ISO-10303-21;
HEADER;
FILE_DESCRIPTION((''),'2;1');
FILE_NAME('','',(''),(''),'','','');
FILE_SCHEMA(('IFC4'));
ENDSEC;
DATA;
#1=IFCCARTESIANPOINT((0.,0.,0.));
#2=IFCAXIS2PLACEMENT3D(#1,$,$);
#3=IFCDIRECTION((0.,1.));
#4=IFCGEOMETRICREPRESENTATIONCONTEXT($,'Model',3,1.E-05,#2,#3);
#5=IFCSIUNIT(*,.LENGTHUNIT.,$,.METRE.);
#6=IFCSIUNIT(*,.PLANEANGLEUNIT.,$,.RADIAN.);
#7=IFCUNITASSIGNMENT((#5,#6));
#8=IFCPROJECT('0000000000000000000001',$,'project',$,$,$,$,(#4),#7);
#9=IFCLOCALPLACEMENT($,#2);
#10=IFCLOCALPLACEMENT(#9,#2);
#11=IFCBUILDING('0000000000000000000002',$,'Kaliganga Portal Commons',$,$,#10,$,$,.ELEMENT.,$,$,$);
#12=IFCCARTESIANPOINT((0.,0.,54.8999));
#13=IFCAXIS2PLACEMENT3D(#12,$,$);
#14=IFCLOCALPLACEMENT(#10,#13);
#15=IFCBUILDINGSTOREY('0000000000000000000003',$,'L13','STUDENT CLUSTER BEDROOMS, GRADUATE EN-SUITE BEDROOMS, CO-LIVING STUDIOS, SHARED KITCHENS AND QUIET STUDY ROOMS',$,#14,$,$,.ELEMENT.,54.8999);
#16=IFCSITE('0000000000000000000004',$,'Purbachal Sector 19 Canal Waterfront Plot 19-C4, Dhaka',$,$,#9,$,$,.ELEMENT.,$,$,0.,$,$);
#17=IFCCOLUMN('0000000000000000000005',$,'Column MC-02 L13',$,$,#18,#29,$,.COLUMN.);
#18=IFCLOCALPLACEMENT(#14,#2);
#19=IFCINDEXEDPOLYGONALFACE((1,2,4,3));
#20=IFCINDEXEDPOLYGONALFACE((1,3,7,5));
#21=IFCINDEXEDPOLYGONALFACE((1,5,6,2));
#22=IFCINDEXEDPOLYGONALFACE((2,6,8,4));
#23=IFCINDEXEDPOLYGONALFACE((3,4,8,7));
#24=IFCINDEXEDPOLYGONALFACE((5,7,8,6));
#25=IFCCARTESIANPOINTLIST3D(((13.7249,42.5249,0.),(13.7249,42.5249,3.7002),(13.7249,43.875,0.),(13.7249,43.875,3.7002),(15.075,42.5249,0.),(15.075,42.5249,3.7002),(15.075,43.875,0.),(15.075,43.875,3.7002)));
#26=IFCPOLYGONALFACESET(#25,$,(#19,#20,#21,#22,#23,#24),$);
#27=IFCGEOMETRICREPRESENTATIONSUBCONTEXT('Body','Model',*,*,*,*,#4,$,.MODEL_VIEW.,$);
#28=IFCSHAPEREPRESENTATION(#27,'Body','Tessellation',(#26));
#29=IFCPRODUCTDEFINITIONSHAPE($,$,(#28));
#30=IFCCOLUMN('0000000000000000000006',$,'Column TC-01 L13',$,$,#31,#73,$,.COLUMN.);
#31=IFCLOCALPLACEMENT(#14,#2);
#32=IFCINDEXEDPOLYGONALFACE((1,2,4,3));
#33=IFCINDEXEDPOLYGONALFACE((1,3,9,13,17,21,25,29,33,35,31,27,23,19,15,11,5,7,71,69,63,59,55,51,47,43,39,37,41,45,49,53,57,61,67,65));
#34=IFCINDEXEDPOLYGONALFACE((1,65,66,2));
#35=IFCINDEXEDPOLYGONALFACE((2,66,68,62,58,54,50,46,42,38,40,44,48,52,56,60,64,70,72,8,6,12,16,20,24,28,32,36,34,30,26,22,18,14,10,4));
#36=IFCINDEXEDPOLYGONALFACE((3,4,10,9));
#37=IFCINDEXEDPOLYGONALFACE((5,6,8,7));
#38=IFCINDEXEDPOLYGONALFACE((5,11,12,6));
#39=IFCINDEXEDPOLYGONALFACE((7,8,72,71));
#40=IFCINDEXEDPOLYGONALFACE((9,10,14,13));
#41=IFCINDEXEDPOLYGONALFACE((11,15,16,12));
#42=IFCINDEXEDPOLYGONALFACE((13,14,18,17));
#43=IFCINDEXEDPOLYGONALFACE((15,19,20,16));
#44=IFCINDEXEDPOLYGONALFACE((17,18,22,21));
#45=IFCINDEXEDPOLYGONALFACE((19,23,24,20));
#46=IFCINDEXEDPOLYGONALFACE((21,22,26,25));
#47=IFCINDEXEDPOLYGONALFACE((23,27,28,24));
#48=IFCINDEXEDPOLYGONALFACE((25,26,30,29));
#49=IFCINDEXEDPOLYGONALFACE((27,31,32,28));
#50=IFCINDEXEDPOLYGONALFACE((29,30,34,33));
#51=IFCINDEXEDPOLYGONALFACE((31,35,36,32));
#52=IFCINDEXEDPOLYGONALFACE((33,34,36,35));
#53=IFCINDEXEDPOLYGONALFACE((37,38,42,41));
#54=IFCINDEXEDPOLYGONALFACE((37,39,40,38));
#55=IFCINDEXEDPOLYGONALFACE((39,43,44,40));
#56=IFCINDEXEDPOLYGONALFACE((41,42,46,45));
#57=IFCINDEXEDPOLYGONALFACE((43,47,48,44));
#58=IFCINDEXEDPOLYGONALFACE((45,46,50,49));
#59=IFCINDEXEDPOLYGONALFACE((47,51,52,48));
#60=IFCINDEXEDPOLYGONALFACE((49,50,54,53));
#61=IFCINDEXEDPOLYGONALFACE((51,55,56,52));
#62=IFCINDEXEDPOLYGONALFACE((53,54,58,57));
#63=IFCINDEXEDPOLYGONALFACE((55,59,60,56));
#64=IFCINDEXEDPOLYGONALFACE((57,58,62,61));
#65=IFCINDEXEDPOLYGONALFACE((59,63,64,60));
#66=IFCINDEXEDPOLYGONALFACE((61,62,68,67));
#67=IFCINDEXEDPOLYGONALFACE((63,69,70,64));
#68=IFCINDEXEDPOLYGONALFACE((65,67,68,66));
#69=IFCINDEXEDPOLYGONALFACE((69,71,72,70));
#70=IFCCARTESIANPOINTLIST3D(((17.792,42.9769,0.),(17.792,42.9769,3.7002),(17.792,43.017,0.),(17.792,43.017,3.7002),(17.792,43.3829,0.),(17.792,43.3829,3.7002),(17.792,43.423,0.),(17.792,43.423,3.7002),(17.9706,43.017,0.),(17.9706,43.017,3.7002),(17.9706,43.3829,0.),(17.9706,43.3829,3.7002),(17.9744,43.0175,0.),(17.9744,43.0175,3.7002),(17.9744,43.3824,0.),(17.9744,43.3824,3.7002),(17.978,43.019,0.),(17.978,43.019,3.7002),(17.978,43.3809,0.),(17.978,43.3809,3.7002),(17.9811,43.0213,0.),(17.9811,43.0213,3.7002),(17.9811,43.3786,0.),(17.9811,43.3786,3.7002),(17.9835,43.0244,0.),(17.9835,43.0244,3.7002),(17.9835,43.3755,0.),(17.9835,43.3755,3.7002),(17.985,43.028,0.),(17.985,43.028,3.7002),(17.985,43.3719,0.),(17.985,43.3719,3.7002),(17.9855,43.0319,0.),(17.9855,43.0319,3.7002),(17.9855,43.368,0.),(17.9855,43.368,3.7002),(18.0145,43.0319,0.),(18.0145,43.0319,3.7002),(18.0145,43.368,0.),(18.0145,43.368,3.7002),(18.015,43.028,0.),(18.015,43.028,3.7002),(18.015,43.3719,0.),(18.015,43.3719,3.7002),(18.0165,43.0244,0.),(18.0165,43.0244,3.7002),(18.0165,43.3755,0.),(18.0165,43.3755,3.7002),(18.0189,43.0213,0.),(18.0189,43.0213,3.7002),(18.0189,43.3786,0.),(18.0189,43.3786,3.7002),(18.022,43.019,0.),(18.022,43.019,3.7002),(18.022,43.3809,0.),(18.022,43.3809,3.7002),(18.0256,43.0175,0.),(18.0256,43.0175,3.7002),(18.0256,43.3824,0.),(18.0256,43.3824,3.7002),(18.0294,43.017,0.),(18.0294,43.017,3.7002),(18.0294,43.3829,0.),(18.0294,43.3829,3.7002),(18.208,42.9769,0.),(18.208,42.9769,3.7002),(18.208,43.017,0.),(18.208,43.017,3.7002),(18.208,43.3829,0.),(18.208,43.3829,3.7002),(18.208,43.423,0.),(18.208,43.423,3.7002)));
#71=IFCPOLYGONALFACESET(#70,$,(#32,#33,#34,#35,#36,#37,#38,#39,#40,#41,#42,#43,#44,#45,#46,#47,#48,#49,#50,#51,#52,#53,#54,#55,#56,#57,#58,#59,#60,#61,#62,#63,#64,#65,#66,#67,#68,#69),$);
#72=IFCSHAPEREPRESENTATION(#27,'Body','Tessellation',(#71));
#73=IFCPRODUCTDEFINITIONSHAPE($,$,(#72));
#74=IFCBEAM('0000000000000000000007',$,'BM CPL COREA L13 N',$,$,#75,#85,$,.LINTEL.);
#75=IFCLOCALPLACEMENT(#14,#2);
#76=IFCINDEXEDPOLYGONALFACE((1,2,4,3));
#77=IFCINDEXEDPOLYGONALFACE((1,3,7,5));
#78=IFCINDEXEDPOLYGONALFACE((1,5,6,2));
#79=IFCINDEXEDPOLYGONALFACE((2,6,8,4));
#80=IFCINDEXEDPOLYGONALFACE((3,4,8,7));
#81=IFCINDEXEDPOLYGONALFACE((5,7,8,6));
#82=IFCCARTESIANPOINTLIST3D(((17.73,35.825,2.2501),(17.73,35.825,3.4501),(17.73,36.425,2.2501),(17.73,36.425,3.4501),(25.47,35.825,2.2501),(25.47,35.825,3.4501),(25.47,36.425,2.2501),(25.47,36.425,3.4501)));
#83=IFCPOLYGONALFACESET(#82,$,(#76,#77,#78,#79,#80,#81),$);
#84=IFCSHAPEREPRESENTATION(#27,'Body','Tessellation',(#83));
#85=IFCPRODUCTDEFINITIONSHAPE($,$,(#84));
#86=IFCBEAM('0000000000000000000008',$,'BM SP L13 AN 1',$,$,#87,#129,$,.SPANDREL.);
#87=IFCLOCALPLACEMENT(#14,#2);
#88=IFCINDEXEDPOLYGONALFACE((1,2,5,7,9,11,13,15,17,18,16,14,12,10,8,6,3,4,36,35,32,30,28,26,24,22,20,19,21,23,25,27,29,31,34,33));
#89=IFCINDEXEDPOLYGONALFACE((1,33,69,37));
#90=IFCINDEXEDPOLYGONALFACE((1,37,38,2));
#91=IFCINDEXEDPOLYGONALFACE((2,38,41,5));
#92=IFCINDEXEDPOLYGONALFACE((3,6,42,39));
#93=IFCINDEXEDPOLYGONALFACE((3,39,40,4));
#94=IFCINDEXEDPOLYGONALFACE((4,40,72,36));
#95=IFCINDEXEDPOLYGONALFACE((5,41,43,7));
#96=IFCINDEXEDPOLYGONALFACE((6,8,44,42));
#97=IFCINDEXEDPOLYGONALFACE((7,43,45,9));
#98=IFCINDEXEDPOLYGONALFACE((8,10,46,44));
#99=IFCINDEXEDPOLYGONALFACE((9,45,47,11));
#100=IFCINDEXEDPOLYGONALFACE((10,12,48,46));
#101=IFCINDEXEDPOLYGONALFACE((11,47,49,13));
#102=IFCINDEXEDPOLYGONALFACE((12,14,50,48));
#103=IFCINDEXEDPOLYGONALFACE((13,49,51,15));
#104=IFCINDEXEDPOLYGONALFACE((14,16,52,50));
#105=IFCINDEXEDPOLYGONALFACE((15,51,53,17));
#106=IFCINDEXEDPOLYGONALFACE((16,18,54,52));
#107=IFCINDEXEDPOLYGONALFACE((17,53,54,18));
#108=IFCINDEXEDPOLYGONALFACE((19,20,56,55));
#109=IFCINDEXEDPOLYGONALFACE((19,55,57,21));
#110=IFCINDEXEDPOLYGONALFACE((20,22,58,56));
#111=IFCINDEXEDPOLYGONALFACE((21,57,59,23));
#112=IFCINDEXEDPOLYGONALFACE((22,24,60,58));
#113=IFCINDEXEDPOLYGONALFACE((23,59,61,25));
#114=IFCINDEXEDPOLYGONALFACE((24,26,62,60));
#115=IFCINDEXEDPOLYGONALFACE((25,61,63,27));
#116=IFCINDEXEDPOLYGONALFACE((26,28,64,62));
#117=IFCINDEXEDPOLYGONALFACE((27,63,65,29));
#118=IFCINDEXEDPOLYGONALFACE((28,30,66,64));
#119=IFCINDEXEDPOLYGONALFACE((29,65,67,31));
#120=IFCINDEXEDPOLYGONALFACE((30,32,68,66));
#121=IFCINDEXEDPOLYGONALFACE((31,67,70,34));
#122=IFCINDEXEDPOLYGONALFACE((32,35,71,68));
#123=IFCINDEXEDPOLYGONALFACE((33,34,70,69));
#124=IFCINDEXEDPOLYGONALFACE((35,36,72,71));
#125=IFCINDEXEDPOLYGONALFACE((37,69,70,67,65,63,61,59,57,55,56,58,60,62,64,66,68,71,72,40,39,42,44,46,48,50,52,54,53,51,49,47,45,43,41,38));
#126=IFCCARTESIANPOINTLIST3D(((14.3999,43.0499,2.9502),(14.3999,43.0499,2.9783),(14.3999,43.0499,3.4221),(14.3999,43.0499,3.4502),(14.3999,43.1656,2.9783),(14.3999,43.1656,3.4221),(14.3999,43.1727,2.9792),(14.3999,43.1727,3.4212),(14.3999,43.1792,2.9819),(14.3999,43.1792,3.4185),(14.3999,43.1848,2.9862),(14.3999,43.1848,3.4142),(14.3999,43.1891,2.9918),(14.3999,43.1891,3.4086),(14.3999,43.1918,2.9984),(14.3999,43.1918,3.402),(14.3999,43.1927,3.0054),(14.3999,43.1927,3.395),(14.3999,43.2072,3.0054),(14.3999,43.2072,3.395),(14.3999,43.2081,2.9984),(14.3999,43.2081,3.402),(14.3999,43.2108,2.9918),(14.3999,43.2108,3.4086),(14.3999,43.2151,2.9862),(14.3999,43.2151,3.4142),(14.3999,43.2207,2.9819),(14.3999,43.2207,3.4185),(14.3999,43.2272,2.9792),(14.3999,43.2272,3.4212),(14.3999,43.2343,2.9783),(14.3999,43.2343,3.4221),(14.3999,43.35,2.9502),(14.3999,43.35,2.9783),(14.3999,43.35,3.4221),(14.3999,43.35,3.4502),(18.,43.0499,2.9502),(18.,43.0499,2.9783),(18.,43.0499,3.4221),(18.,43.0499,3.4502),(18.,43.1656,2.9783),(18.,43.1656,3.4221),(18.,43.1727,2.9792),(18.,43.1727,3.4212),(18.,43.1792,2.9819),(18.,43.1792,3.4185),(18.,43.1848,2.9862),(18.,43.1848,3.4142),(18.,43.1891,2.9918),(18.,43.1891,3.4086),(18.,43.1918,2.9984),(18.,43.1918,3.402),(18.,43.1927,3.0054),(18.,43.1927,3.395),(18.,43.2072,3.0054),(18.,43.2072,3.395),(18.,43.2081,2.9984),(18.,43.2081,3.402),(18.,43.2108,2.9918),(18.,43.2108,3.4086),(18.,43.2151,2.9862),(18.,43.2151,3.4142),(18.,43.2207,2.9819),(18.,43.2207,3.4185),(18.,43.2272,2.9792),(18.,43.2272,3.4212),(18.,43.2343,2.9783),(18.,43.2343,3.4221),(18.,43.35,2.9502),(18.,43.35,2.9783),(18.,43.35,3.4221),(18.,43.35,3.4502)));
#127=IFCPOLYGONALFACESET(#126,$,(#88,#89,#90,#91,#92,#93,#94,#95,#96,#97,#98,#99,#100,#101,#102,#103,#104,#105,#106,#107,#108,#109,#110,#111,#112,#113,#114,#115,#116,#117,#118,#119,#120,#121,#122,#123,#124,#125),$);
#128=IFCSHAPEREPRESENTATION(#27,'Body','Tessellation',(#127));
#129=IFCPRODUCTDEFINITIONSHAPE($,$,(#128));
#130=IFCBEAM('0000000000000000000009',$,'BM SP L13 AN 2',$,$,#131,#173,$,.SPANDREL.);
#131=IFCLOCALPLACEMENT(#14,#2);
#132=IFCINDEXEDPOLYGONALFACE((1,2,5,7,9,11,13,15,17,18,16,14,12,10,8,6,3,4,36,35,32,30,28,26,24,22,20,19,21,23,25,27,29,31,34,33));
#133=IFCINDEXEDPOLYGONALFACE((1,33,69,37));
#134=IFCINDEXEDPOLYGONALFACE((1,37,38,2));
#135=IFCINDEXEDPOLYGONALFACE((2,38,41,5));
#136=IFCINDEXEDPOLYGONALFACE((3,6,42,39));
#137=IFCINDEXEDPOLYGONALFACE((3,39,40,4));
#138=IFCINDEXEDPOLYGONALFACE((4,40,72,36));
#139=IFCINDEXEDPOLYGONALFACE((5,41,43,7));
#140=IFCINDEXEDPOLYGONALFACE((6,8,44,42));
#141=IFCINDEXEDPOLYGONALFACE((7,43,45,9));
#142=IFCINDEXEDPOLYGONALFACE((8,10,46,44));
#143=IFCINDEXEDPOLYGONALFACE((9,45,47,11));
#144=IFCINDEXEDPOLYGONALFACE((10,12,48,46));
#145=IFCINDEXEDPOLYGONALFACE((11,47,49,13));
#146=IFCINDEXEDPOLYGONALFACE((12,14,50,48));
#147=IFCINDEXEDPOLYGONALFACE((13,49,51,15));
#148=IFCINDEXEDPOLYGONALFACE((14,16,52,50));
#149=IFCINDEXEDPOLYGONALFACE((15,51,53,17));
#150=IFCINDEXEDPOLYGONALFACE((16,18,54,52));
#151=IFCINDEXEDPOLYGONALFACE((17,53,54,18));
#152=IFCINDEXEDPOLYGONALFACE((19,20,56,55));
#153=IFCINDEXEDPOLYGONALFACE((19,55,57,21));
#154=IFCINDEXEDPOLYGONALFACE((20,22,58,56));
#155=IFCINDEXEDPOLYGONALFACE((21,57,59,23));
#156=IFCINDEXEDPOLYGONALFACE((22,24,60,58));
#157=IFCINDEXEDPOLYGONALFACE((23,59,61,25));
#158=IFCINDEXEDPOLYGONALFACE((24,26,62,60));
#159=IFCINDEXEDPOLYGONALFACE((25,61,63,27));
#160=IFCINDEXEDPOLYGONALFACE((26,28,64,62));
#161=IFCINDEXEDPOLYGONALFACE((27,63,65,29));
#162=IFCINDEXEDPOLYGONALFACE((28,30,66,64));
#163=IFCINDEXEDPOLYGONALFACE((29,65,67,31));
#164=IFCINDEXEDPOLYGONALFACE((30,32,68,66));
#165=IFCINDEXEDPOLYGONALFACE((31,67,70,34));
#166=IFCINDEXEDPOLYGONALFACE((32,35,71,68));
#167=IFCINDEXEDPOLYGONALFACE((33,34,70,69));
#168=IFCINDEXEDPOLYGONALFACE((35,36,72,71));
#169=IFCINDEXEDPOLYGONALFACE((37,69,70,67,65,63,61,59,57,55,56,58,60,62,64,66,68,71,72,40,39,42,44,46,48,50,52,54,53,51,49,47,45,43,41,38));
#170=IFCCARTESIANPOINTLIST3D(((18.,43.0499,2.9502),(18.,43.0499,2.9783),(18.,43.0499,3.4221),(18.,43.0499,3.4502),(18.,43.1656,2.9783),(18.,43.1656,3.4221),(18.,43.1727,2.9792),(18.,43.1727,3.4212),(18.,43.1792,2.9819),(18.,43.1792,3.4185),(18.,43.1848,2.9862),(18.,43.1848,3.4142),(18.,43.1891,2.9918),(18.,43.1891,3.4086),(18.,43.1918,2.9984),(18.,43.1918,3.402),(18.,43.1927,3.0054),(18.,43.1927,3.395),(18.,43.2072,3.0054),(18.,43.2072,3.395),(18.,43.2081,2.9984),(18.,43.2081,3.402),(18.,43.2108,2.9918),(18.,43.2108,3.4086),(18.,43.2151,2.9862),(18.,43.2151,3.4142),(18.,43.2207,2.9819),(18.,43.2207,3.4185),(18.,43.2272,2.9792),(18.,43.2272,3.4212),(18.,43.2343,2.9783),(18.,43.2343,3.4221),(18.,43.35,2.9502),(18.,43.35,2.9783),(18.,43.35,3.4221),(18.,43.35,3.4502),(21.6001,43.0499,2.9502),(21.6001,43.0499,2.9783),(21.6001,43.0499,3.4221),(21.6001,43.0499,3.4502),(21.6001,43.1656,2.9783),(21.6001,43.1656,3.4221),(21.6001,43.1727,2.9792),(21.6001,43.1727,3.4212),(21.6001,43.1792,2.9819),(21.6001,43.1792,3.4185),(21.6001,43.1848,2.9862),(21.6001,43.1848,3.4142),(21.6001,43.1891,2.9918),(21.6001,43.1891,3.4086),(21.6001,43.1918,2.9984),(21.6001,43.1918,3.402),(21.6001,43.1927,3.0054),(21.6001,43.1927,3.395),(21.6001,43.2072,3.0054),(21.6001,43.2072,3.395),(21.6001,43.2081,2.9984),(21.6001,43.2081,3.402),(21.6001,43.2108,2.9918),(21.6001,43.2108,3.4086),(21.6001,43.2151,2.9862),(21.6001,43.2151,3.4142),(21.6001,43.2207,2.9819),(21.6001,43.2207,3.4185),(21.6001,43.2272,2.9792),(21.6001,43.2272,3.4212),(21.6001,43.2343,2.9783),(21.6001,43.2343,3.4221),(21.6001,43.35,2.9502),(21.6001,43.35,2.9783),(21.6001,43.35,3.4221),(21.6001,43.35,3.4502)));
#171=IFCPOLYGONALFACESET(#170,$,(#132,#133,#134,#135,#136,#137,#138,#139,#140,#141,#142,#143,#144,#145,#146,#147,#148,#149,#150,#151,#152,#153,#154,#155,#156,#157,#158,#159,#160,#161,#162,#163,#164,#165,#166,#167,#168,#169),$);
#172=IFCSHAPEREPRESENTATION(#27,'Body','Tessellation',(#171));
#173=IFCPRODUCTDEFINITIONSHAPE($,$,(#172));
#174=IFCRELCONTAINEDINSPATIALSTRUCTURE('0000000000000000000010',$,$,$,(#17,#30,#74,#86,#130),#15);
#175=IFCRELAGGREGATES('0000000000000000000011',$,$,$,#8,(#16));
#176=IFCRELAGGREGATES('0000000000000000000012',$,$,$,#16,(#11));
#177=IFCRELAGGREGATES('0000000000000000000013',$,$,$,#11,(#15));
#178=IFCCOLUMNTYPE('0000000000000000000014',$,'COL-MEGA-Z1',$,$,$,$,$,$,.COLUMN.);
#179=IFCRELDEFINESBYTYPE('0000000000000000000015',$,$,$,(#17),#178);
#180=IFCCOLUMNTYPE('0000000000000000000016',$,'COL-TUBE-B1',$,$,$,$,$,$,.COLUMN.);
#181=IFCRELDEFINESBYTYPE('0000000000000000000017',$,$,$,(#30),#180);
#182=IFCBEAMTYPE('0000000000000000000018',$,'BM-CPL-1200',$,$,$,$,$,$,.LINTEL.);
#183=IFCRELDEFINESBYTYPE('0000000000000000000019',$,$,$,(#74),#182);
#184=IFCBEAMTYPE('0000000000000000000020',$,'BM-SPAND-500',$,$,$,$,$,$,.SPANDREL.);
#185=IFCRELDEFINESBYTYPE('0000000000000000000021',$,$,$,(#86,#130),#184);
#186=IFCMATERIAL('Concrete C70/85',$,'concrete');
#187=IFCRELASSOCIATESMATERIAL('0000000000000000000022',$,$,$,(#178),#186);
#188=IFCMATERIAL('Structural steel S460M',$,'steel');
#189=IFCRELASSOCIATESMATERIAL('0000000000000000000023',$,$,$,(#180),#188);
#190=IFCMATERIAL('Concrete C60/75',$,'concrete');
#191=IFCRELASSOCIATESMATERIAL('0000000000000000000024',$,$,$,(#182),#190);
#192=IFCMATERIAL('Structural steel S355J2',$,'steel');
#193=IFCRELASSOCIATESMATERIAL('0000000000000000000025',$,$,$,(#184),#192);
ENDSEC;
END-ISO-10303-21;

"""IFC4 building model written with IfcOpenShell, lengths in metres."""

from ifc_helpers import new_model, si_unit, direction, frame, origin, origin_2d, place, context, subcontext, project, spatial, rectangle, i_section, extrude, source, transform, mapped, material, material_profile, profile_set, type_object, element, save


model = new_model("IFC4")

# Units and contexts
model_context = context("Model", 3, precision=1e-05, world=origin(), true_north=direction((0.0, 1.0)))
body_context = subcontext(model_context, "Body", "Model", "MODEL_VIEW")
ifc_project = project(units=[si_unit("LENGTHUNIT", "METRE"), si_unit("PLANEANGLEUNIT", "RADIAN")], contexts=[model_context])

# Site, building, storey
site_placement = place(None, origin())
site = spatial("IfcSite", under=ifc_project, at=site_placement, Name="Purbachal Sector 19 Canal Waterfront Plot 19-C4, Dhaka", CompositionType="ELEMENT", RefElevation=0.0)
building_placement = place(site_placement, origin())
building = spatial("IfcBuilding", under=site, at=building_placement, Name="Kaliganga Portal Commons", CompositionType="ELEMENT")
storey_placement = place(building_placement, frame((0.0, 0.0, 54.8999)))
storey = spatial("IfcBuildingStorey", under=building, at=storey_placement, Name="L13", Description="STUDENT CLUSTER BEDROOMS, GRADUATE EN-SUITE BEDROOMS, CO-LIVING STUDIOS, SHARED KITCHENS AND QUIET STUDY ROOMS", CompositionType="ELEMENT", Elevation=54.8999)

# Columns
ifc_material_1 = material(Name="Concrete C70/85", Category="concrete")
ifc_material_profile_1 = material_profile(ifc_material_1, rectangle(XDim=1.3501, YDim=1.3501, at=origin_2d()), Name="RC 1350x1350")
ifc_profile_set_1 = profile_set([ifc_material_profile_1], Name="Concrete C70/85")
column_type_1 = type_object("IfcColumnType", Name="COL-MEGA-Z1", PredefinedType="COLUMN", material=ifc_profile_set_1)
shared_shape_1 = source(origin(), body_context, "Body", "SweptSolid", [
    extrude(rectangle(XDim=1.3501, YDim=1.3501, at=origin_2d()), origin(), (0.0, 0.0, 1.0), 3.7002),
])
column_1_placement = place(storey_placement, frame((14.3999, 43.2, 0.0), z_axis=(0.0, 0.0, 1.0), x_axis=(1.0, 0.0, 0.0)))
element("IfcColumn", 1, at=column_1_placement, inside=storey, type_object=column_type_1, Name="Column MC-02 L13", PredefinedType="COLUMN", context=body_context, shape_type="MappedRepresentation", body=[
    mapped(shared_shape_1, transform((0.0, 0.0, 0.0), x_axis=(1.0, 0.0, 0.0), y_axis=(0.0, 1.0, 0.0), z_axis=(0.0, 0.0, 1.0), scale=1.0)),
])
ifc_material_2 = material(Name="Structural steel S460M", Category="steel")
ifc_material_profile_2 = material_profile(ifc_material_2, i_section(OverallWidth=0.416, OverallDepth=0.446, WebThickness=0.0291, FlangeThickness=0.04, FilletRadius=0.0149, at=origin_2d()), Name="HD 400x509")
ifc_profile_set_2 = profile_set([ifc_material_profile_2], Name="Structural steel S460M wide-flange")
column_type_2 = type_object("IfcColumnType", Name="COL-TUBE-B1", PredefinedType="COLUMN", material=ifc_profile_set_2)
shared_shape_2 = source(origin(), body_context, "Body", "SweptSolid", [
    extrude(i_section(OverallWidth=0.416, OverallDepth=0.446, WebThickness=0.0291, FlangeThickness=0.04, FilletRadius=0.0149, at=origin_2d()), origin(), (0.0, 0.0, 1.0), 3.7002),
])
column_2_placement = place(storey_placement, frame((18.0, 43.2, 0.0), z_axis=(0.0, 0.0, 1.0), x_axis=(1.0, 0.0, 0.0)))
element("IfcColumn", 2, at=column_2_placement, inside=storey, type_object=column_type_2, Name="Column TC-01 L13", PredefinedType="COLUMN", context=body_context, shape_type="MappedRepresentation", body=[
    mapped(shared_shape_2, transform((0.0, 0.0, 0.0), x_axis=(1.0, 0.0, 0.0), y_axis=(0.0, 1.0, 0.0), z_axis=(0.0, 0.0, 1.0), scale=1.0)),
])

# Beams
ifc_material_3 = material(Name="Concrete C60/75", Category="concrete")
ifc_material_profile_3 = material_profile(ifc_material_3, rectangle(XDim=0.6001, YDim=1.2, at=origin_2d()), Name="RC 600x1200")
ifc_profile_set_3 = profile_set([ifc_material_profile_3], Name="Concrete C60/75")
beam_type_1 = type_object("IfcBeamType", Name="BM-CPL-1200", PredefinedType="LINTEL", material=ifc_profile_set_3)
shared_shape_3 = source(origin(), body_context, "Body", "SweptSolid", [
    extrude(rectangle(XDim=0.6001, YDim=1.2, at=origin_2d()), origin(), (0.0, 0.0, 1.0), 7.74),
])
beam_1_placement = place(storey_placement, frame((17.73, 36.125, 2.8501), z_axis=(1.0, 0.0, 0.0), x_axis=(0.0, 1.0, 0.0)))
element("IfcBeam", 3, at=beam_1_placement, inside=storey, type_object=beam_type_1, Name="BM CPL COREA L13 N", PredefinedType="LINTEL", context=body_context, shape_type="MappedRepresentation", body=[
    mapped(shared_shape_3, transform((0.0, 0.0, 0.0), x_axis=(1.0, 0.0, 0.0), y_axis=(0.0, 1.0, 0.0), z_axis=(0.0, 0.0, 1.0), scale=1.0)),
])
ifc_material_4 = material(Name="Structural steel S355J2", Category="steel")
ifc_material_profile_4 = material_profile(ifc_material_4, i_section(OverallWidth=0.3, OverallDepth=0.5, WebThickness=0.0144, FlangeThickness=0.0281, FilletRadius=0.0271, at=origin_2d()), Name="HE 500 B")
ifc_profile_set_4 = profile_set([ifc_material_profile_4], Name="Structural steel S355J2 wide-flange")
beam_type_2 = type_object("IfcBeamType", Name="BM-SPAND-500", PredefinedType="SPANDREL", material=ifc_profile_set_4)
shared_shape_4 = source(origin(), body_context, "Body", "SweptSolid", [
    extrude(i_section(OverallWidth=0.3, OverallDepth=0.5, WebThickness=0.0144, FlangeThickness=0.0281, FilletRadius=0.0271, at=origin_2d()), origin(), (0.0, 0.0, 1.0), 3.6001),
])
for number, where, z_axis, x_axis, name in (
    (4, (14.3999, 43.2, 3.2002), (1.0, 0.0, 0.0), (0.0, 1.0, 0.0), "BM SP L13 AN 1"),
    (5, (18.0, 43.2, 3.2002), (1.0, 0.0, 0.0), (0.0, 1.0, 0.0), "BM SP L13 AN 2"),
):
    element("IfcBeam", number, at=place(storey_placement, frame(where, z_axis=z_axis, x_axis=x_axis)), inside=storey, type_object=beam_type_2, Name=name, PredefinedType="SPANDREL", context=body_context, shape_type="MappedRepresentation", body=[
        mapped(shared_shape_4, transform((0.0, 0.0, 0.0), x_axis=(1.0, 0.0, 0.0), y_axis=(0.0, 1.0, 0.0), z_axis=(0.0, 0.0, 1.0), scale=1.0)),
    ])

save(model, "model.ifc")
